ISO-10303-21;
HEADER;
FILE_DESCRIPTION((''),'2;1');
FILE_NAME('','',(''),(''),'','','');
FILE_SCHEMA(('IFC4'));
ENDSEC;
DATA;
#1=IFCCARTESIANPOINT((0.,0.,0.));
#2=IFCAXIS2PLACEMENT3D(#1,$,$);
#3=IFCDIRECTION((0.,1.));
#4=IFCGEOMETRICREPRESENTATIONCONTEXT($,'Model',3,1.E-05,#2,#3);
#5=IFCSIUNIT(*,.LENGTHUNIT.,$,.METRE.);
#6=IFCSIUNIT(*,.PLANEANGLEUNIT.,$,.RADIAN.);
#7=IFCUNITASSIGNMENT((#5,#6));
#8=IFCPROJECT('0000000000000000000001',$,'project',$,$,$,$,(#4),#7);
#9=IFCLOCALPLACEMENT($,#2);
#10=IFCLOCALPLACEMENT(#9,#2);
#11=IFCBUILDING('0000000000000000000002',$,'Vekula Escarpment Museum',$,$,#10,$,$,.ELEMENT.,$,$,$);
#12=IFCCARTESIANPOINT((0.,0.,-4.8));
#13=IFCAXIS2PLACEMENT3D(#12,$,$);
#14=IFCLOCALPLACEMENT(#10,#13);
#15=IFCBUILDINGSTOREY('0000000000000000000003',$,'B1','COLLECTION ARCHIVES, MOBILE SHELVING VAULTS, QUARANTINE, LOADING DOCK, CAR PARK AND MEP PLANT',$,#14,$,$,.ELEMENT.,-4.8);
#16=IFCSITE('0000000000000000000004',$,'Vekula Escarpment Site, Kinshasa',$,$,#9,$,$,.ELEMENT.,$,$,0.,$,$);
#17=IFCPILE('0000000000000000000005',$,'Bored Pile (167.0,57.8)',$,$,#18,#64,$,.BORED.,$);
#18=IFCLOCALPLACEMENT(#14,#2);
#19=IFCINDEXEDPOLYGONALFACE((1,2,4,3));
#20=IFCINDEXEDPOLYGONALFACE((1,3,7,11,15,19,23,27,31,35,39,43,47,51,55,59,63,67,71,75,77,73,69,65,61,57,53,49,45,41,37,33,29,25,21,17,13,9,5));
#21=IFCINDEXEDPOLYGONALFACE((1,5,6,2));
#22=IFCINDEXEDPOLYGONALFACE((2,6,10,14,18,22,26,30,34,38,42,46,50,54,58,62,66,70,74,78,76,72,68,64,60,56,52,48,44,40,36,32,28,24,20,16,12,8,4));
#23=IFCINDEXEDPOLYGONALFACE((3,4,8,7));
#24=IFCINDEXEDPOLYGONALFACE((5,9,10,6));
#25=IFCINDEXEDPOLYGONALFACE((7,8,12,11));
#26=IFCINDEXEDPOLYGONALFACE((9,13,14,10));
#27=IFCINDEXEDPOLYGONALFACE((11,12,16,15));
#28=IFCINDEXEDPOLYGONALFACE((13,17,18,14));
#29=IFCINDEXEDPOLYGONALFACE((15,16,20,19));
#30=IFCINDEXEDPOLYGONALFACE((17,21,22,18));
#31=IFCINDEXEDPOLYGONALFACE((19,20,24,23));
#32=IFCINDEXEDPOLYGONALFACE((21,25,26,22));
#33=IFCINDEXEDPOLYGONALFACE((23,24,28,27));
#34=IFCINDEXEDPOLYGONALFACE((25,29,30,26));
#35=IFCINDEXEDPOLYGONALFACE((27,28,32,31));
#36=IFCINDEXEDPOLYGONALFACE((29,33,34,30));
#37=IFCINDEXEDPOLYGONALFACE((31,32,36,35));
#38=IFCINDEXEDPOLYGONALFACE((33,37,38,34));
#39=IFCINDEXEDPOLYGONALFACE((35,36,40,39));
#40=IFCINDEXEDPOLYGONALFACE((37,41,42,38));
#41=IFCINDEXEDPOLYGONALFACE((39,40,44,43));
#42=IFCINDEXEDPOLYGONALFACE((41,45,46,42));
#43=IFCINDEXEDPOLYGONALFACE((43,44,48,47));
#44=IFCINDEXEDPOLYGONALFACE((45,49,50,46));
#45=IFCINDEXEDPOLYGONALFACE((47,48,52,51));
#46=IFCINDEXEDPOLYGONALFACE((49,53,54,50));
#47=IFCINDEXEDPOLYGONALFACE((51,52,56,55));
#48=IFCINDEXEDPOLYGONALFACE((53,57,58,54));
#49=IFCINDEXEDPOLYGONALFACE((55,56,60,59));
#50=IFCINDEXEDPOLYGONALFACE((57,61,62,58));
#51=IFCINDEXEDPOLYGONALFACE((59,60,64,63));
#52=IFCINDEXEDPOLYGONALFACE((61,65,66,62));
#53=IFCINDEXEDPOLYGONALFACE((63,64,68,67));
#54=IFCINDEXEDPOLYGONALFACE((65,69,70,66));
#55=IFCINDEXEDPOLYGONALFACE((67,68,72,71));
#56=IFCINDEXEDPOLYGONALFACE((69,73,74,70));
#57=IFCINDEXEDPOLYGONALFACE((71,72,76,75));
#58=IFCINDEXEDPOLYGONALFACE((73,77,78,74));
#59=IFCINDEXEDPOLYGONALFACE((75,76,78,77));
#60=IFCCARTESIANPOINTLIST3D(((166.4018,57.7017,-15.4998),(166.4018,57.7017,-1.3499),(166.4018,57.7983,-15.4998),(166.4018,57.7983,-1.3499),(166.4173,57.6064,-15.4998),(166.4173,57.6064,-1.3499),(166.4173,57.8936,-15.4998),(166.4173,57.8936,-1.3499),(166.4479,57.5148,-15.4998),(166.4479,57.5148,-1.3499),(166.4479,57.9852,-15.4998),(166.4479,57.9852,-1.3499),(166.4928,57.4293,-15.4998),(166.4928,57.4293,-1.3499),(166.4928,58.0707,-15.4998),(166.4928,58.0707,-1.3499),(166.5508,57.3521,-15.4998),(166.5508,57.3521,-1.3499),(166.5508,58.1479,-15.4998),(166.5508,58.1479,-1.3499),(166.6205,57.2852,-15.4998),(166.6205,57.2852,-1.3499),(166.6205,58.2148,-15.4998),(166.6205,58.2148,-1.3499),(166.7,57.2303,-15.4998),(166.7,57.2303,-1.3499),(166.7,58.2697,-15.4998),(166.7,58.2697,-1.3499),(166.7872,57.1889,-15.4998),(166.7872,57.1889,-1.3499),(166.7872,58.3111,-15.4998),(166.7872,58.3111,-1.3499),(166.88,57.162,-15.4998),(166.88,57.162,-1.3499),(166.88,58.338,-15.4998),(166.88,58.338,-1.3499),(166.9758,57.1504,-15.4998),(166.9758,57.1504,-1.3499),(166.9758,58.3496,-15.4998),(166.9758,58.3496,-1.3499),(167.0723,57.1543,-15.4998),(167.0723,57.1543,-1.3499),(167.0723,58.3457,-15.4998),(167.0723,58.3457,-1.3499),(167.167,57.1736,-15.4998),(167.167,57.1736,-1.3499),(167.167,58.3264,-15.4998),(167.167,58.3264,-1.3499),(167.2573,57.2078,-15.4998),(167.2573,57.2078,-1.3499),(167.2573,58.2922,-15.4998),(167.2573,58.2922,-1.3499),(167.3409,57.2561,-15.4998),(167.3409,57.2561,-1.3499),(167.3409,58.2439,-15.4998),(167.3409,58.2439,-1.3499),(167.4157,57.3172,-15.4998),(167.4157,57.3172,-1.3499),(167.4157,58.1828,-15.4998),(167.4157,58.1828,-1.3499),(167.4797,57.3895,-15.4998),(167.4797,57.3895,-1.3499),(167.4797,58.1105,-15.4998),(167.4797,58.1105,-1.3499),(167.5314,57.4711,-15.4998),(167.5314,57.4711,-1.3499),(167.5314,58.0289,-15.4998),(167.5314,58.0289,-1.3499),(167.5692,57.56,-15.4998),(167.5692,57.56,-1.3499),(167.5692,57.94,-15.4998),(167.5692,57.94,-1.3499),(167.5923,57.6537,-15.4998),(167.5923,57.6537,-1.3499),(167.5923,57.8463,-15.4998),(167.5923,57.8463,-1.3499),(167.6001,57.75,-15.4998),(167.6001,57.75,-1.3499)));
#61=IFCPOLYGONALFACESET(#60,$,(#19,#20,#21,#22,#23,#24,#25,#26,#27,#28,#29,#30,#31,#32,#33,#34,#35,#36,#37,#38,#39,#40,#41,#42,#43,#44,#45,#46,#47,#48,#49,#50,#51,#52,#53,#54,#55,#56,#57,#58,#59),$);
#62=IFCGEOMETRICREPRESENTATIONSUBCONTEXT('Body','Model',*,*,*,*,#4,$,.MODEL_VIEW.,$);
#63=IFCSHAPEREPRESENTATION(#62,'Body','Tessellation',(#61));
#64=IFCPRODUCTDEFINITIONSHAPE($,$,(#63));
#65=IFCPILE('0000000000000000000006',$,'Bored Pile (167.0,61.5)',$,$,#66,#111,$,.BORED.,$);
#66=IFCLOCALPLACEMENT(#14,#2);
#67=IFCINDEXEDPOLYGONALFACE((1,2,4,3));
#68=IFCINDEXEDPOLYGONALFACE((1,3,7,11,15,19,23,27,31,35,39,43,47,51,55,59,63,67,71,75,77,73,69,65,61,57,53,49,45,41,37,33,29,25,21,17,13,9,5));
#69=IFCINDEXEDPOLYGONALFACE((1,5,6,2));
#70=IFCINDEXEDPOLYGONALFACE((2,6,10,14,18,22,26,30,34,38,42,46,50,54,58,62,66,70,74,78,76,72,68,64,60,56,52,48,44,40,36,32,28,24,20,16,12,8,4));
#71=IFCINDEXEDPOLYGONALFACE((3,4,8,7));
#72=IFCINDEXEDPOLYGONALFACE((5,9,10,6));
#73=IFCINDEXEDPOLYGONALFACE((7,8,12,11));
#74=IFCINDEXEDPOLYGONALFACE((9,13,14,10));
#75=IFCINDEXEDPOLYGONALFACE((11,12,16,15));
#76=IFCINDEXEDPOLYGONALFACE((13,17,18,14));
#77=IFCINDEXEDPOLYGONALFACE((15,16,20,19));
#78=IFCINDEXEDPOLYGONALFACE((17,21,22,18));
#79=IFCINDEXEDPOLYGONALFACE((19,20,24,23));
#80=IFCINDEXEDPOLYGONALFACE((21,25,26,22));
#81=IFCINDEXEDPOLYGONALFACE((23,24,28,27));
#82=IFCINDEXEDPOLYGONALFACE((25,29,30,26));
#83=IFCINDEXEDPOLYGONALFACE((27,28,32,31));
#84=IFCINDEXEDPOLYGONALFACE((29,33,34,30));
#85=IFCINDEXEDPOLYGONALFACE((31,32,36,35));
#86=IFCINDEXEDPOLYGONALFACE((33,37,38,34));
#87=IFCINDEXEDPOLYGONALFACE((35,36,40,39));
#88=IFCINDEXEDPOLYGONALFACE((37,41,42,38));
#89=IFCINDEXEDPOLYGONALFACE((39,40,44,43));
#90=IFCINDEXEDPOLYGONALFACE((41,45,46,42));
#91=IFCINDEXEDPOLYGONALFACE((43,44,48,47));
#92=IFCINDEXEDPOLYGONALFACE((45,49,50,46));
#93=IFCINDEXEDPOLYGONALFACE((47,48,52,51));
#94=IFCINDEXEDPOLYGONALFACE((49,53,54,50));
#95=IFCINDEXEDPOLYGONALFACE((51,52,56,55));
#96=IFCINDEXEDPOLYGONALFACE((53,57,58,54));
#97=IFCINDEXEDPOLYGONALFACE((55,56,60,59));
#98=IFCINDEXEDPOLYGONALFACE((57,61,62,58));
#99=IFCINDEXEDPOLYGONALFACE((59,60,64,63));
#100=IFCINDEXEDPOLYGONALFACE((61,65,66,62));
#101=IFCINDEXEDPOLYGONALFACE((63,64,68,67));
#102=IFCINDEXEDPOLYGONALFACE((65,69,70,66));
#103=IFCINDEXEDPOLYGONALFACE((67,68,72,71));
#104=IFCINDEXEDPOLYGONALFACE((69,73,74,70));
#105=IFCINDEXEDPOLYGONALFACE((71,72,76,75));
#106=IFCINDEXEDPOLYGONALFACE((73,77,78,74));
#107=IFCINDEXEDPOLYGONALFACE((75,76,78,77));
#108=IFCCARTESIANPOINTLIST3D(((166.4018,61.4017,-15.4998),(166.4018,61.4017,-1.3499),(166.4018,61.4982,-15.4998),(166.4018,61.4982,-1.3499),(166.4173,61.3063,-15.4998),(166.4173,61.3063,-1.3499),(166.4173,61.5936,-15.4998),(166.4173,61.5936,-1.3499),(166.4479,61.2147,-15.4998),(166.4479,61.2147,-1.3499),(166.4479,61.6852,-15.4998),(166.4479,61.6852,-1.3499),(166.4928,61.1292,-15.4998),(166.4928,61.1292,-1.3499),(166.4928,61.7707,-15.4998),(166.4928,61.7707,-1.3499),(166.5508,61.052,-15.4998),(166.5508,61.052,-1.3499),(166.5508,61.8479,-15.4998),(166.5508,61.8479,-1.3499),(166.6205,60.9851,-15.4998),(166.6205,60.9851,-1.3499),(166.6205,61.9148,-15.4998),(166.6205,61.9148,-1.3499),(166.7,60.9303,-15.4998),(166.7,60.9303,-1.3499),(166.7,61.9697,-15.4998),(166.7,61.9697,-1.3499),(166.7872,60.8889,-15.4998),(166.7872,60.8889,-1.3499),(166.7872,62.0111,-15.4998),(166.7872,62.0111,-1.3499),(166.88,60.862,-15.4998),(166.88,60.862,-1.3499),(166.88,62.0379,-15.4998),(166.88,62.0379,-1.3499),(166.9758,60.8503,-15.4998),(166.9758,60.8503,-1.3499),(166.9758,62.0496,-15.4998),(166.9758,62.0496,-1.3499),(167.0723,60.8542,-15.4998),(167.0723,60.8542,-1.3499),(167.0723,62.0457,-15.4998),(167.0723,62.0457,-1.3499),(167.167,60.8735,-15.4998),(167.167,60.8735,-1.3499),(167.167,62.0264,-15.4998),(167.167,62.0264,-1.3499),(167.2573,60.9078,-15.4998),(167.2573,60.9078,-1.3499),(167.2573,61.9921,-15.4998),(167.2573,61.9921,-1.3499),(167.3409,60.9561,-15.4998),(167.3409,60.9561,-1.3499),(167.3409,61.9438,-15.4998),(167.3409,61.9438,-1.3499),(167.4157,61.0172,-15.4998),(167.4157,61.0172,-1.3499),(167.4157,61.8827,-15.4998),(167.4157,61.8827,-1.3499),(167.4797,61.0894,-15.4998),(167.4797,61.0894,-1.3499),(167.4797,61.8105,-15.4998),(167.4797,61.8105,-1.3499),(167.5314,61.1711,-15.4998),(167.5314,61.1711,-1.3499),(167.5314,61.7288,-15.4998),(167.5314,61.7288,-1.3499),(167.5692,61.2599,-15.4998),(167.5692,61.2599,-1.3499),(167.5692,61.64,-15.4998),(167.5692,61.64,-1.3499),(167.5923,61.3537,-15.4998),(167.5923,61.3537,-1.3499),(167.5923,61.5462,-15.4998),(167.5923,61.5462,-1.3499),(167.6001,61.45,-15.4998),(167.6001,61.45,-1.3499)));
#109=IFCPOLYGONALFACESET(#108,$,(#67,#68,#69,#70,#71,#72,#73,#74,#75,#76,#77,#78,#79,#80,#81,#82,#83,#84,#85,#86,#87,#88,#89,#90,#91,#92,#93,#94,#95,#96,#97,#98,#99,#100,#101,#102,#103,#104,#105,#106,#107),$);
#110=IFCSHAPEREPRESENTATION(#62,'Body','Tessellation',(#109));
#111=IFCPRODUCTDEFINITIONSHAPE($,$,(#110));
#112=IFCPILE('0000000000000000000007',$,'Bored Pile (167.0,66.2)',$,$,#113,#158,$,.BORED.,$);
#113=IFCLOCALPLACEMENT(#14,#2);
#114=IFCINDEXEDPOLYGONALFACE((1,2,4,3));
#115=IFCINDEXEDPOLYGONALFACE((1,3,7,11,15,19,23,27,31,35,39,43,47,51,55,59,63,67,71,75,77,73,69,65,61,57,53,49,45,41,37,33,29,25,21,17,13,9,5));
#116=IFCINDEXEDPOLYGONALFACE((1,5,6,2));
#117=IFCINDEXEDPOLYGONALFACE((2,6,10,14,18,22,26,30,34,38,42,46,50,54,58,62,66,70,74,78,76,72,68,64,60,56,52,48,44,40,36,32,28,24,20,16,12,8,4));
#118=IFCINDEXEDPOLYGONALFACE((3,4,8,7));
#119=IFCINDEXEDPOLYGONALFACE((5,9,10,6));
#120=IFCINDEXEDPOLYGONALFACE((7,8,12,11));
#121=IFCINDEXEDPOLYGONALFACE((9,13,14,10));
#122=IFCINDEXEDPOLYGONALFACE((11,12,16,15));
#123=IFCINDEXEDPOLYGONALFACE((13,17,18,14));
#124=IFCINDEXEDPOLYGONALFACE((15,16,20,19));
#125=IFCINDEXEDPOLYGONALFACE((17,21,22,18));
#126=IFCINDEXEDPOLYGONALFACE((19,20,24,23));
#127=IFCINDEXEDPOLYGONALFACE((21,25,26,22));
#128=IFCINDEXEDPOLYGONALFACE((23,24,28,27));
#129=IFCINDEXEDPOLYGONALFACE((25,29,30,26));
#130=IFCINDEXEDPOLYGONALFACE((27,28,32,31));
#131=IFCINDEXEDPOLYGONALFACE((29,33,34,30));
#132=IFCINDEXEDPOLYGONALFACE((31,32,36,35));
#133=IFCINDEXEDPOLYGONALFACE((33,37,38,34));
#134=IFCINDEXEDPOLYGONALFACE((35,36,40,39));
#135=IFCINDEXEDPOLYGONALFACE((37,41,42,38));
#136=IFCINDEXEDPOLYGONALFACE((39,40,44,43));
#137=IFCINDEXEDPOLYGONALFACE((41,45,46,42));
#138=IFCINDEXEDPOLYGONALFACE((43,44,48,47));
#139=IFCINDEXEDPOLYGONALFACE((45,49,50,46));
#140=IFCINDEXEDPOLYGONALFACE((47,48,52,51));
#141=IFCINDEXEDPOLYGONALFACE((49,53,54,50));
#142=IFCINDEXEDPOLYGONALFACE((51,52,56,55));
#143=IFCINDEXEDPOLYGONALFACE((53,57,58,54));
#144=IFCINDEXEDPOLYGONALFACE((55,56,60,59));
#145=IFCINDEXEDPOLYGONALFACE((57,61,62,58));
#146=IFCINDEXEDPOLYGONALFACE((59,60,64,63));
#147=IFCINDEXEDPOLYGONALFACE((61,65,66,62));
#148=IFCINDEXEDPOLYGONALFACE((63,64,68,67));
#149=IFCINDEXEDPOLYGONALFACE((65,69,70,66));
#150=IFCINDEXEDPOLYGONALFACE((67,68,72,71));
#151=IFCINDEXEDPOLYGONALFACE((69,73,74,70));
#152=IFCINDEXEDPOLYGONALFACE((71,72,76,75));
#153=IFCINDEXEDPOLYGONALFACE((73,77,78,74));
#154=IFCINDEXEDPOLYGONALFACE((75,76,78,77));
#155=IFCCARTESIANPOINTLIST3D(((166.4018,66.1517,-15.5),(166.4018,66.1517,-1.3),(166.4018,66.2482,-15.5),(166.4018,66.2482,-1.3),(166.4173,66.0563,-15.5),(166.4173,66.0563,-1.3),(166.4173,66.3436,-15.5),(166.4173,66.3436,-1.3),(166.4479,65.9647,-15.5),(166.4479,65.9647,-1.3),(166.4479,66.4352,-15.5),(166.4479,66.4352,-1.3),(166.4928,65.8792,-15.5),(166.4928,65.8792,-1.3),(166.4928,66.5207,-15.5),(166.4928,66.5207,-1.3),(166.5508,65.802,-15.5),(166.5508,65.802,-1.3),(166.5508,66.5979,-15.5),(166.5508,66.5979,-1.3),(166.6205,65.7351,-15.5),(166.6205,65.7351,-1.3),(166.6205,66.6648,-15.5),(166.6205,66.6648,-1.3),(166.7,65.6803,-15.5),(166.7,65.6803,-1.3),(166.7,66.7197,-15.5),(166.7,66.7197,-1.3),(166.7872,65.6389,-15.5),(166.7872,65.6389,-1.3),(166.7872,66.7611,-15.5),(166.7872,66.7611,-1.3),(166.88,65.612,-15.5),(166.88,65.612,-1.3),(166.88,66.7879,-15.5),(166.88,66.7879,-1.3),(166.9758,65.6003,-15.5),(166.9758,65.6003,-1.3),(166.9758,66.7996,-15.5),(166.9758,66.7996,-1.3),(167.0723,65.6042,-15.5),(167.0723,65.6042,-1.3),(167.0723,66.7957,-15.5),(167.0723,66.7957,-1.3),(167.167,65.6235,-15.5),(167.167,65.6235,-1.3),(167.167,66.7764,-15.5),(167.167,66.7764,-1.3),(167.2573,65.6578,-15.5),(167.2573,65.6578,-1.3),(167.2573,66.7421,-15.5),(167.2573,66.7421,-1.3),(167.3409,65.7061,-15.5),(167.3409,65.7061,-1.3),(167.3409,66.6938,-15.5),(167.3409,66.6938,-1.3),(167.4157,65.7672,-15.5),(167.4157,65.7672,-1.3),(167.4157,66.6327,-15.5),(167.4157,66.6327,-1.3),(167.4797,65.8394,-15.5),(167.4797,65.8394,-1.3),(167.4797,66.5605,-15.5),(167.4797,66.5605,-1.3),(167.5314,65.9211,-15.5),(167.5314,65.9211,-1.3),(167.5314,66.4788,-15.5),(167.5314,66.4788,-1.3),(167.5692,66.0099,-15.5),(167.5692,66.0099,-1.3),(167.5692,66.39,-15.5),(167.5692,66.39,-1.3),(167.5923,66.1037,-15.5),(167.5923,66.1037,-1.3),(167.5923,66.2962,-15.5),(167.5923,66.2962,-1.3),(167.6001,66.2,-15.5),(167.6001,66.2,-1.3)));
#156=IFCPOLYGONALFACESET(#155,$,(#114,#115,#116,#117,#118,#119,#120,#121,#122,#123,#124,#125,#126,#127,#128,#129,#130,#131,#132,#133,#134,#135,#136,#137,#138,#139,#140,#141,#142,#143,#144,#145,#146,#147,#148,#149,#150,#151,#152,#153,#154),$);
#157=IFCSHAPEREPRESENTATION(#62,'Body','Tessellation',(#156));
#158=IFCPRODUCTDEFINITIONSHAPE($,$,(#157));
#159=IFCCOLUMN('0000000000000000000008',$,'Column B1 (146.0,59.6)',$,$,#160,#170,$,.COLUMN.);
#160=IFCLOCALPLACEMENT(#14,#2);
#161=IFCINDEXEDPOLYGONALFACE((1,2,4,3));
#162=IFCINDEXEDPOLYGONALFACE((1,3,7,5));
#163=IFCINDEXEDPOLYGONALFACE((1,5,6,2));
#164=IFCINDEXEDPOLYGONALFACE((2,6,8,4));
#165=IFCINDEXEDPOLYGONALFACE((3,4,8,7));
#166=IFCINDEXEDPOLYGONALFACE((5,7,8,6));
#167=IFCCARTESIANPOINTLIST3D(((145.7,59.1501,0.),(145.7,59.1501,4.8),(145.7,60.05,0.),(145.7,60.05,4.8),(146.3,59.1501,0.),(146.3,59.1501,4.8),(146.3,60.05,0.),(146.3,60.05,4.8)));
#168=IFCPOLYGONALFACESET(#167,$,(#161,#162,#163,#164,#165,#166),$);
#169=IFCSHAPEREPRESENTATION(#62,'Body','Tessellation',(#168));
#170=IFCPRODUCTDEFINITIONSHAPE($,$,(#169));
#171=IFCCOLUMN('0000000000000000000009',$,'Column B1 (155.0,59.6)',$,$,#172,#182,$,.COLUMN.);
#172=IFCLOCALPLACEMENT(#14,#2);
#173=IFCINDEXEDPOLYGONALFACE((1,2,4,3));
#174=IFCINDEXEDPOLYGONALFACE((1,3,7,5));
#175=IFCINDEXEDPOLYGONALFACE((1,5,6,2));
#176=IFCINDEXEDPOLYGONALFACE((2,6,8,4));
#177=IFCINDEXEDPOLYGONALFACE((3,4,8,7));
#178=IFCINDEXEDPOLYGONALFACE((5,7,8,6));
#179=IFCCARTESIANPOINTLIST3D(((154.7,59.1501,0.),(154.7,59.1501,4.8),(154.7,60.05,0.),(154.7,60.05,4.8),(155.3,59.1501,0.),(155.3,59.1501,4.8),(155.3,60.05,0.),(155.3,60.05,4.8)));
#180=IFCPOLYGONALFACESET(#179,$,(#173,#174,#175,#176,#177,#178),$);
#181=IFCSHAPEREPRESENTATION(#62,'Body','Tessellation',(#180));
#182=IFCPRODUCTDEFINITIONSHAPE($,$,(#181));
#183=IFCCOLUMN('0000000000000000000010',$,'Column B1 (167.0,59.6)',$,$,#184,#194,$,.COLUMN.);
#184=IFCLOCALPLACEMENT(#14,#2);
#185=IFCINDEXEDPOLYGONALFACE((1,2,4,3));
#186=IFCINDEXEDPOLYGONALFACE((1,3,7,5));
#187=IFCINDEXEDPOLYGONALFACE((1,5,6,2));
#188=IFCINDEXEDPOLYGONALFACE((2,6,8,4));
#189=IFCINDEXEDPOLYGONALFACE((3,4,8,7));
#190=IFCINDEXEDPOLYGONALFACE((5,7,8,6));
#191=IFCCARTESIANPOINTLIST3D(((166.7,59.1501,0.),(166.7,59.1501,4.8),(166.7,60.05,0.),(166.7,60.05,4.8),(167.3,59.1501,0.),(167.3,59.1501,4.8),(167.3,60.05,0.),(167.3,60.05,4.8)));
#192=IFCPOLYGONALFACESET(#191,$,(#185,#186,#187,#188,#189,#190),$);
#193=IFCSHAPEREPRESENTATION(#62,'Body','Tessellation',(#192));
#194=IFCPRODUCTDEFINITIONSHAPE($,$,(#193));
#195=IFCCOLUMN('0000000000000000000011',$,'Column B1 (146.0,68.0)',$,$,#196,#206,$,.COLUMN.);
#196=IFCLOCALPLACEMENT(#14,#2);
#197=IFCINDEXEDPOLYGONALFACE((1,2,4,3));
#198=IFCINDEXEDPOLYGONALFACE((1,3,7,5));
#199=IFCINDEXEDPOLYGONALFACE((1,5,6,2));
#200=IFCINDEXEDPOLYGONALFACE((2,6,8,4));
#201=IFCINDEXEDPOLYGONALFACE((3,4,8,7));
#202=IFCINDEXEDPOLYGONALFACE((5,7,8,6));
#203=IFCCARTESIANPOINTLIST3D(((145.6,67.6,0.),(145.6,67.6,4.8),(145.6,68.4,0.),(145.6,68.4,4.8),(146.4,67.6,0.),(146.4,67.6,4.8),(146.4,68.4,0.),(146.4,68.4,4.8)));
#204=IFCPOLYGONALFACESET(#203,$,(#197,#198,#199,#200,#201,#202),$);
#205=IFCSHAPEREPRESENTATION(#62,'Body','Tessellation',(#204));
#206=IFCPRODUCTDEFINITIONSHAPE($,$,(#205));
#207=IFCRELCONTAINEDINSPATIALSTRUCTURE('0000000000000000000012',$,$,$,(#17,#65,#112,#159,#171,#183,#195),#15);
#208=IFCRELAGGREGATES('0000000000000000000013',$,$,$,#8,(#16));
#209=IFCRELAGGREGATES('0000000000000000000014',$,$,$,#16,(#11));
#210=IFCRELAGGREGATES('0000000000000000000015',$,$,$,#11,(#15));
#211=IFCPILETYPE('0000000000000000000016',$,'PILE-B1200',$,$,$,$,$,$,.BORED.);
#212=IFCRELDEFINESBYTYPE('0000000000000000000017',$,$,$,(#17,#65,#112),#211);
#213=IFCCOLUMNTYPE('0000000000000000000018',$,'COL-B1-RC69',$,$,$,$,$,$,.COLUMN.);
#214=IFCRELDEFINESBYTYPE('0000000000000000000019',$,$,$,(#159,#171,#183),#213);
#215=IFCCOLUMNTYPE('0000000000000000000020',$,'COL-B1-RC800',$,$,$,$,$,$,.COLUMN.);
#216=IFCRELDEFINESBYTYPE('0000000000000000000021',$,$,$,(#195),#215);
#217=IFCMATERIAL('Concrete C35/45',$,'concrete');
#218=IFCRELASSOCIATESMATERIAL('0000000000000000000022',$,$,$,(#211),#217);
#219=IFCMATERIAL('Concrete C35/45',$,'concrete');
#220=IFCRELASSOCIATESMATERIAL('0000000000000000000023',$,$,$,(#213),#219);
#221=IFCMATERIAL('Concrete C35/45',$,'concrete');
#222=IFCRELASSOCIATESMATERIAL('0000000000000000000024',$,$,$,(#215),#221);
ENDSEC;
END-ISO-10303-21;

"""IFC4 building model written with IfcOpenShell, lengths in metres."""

from ifc_helpers import new_model, si_unit, direction, frame, origin, origin_2d, place, context, subcontext, project, spatial, rectangle, circle, extrude, material, material_profile, profile_set, type_object, element, save


model = new_model("IFC4")

# Units and contexts
model_context = context("Model", 3, precision=1e-05, world=origin(), true_north=direction((0.0, 1.0)))
body_context = subcontext(model_context, "Body", "Model", "MODEL_VIEW")
ifc_project = project(units=[si_unit("LENGTHUNIT", "METRE"), si_unit("PLANEANGLEUNIT", "RADIAN")], contexts=[model_context])

# Site, building, storey
site_placement = place(None, origin())
site = spatial("IfcSite", under=ifc_project, at=site_placement, Name="Vekula Escarpment Site, Kinshasa", CompositionType="ELEMENT", RefElevation=0.0)
building_placement = place(site_placement, origin())
building = spatial("IfcBuilding", under=site, at=building_placement, Name="Vekula Escarpment Museum", CompositionType="ELEMENT")
storey_placement = place(building_placement, frame((0.0, 0.0, -4.8)))
storey = spatial("IfcBuildingStorey", under=building, at=storey_placement, Name="B1", Description="COLLECTION ARCHIVES, MOBILE SHELVING VAULTS, QUARANTINE, LOADING DOCK, CAR PARK AND MEP PLANT", CompositionType="ELEMENT", Elevation=-4.8)

# Piles
ifc_material_1 = material(Name="Concrete C35/45", Category="concrete")
ifc_material_profile_1 = material_profile(ifc_material_1, circle(Radius=0.6001, at=origin_2d()), Name="BORED PILE 1200")
ifc_profile_set_1 = profile_set([ifc_material_profile_1], Name="Concrete C35/45")
pile_type = type_object("IfcPileType", Name="PILE-B1200", PredefinedType="BORED", material=ifc_profile_set_1)
for number, where, z_axis, x_axis, name in (
    (1, (167.0, 57.75, -1.3499), (0.0, 0.0, -1.0), (1.0, 0.0, 0.0), "Bored Pile (167.0,57.8)"),
    (2, (167.0, 61.45, -1.3499), (0.0, 0.0, -1.0), (1.0, 0.0, 0.0), "Bored Pile (167.0,61.5)"),
):
    element("IfcPile", number, at=place(storey_placement, frame(where, z_axis=z_axis, x_axis=x_axis)), inside=storey, type_object=pile_type, Name=name, PredefinedType="BORED", context=body_context, shape_type="SweptSolid", body=[
        extrude(circle(Radius=0.6001, at=origin_2d()), origin(), (0.0, 0.0, 1.0), 14.1499),
    ])
pile_1_placement = place(storey_placement, frame((167.0, 66.2, -1.3), z_axis=(0.0, 0.0, -1.0), x_axis=(1.0, 0.0, 0.0)))
element("IfcPile", 3, at=pile_1_placement, inside=storey, type_object=pile_type, Name="Bored Pile (167.0,66.2)", PredefinedType="BORED", context=body_context, shape_type="SweptSolid", body=[
    extrude(circle(Radius=0.6001, at=origin_2d()), origin(), (0.0, 0.0, 1.0), 14.2),
])

# Columns
ifc_material_2 = material(Name="Concrete C35/45", Category="concrete")
ifc_material_profile_2 = material_profile(ifc_material_2, rectangle(XDim=0.6001, YDim=0.8999, at=origin_2d()), Name="RC 600x900")
ifc_profile_set_2 = profile_set([ifc_material_profile_2], Name="Concrete C35/45")
column_type_1 = type_object("IfcColumnType", Name="COL-B1-RC69", PredefinedType="COLUMN", material=ifc_profile_set_2)
for number, where, z_axis, x_axis, name in (
    (4, (146.0, 59.6001, 0.0), (0.0, 0.0, 1.0), (1.0, 0.0, 0.0), "Column B1 (146.0,59.6)"),
    (5, (155.0, 59.6001, 0.0), (0.0, 0.0, 1.0), (1.0, 0.0, 0.0), "Column B1 (155.0,59.6)"),
    (6, (167.0, 59.6001, 0.0), (0.0, 0.0, 1.0), (1.0, 0.0, 0.0), "Column B1 (167.0,59.6)"),
):
    element("IfcColumn", number, at=place(storey_placement, frame(where, z_axis=z_axis, x_axis=x_axis)), inside=storey, type_object=column_type_1, Name=name, PredefinedType="COLUMN", context=body_context, shape_type="SweptSolid", body=[
        extrude(rectangle(XDim=0.6001, YDim=0.8999, at=origin_2d()), origin(), (0.0, 0.0, 1.0), 4.8),
    ])
ifc_material_3 = material(Name="Concrete C35/45", Category="concrete")
ifc_material_profile_3 = material_profile(ifc_material_3, rectangle(XDim=0.8, YDim=0.8, at=origin_2d()), Name="RC 800x800")
ifc_profile_set_3 = profile_set([ifc_material_profile_3], Name="Concrete C35/45")
column_type_2 = type_object("IfcColumnType", Name="COL-B1-RC800", PredefinedType="COLUMN", material=ifc_profile_set_3)
for number, where, z_axis, x_axis, name in (
    (7, (146.0, 68.0, 0.0), (0.0, 0.0, 1.0), (1.0, 0.0, 0.0), "Column B1 (146.0,68.0)"),
):
    element("IfcColumn", number, at=place(storey_placement, frame(where, z_axis=z_axis, x_axis=x_axis)), inside=storey, type_object=column_type_2, Name=name, PredefinedType="COLUMN", context=body_context, shape_type="SweptSolid", body=[
        extrude(rectangle(XDim=0.8, YDim=0.8, at=origin_2d()), origin(), (0.0, 0.0, 1.0), 4.8),
    ])

save(model, "model.ifc")
